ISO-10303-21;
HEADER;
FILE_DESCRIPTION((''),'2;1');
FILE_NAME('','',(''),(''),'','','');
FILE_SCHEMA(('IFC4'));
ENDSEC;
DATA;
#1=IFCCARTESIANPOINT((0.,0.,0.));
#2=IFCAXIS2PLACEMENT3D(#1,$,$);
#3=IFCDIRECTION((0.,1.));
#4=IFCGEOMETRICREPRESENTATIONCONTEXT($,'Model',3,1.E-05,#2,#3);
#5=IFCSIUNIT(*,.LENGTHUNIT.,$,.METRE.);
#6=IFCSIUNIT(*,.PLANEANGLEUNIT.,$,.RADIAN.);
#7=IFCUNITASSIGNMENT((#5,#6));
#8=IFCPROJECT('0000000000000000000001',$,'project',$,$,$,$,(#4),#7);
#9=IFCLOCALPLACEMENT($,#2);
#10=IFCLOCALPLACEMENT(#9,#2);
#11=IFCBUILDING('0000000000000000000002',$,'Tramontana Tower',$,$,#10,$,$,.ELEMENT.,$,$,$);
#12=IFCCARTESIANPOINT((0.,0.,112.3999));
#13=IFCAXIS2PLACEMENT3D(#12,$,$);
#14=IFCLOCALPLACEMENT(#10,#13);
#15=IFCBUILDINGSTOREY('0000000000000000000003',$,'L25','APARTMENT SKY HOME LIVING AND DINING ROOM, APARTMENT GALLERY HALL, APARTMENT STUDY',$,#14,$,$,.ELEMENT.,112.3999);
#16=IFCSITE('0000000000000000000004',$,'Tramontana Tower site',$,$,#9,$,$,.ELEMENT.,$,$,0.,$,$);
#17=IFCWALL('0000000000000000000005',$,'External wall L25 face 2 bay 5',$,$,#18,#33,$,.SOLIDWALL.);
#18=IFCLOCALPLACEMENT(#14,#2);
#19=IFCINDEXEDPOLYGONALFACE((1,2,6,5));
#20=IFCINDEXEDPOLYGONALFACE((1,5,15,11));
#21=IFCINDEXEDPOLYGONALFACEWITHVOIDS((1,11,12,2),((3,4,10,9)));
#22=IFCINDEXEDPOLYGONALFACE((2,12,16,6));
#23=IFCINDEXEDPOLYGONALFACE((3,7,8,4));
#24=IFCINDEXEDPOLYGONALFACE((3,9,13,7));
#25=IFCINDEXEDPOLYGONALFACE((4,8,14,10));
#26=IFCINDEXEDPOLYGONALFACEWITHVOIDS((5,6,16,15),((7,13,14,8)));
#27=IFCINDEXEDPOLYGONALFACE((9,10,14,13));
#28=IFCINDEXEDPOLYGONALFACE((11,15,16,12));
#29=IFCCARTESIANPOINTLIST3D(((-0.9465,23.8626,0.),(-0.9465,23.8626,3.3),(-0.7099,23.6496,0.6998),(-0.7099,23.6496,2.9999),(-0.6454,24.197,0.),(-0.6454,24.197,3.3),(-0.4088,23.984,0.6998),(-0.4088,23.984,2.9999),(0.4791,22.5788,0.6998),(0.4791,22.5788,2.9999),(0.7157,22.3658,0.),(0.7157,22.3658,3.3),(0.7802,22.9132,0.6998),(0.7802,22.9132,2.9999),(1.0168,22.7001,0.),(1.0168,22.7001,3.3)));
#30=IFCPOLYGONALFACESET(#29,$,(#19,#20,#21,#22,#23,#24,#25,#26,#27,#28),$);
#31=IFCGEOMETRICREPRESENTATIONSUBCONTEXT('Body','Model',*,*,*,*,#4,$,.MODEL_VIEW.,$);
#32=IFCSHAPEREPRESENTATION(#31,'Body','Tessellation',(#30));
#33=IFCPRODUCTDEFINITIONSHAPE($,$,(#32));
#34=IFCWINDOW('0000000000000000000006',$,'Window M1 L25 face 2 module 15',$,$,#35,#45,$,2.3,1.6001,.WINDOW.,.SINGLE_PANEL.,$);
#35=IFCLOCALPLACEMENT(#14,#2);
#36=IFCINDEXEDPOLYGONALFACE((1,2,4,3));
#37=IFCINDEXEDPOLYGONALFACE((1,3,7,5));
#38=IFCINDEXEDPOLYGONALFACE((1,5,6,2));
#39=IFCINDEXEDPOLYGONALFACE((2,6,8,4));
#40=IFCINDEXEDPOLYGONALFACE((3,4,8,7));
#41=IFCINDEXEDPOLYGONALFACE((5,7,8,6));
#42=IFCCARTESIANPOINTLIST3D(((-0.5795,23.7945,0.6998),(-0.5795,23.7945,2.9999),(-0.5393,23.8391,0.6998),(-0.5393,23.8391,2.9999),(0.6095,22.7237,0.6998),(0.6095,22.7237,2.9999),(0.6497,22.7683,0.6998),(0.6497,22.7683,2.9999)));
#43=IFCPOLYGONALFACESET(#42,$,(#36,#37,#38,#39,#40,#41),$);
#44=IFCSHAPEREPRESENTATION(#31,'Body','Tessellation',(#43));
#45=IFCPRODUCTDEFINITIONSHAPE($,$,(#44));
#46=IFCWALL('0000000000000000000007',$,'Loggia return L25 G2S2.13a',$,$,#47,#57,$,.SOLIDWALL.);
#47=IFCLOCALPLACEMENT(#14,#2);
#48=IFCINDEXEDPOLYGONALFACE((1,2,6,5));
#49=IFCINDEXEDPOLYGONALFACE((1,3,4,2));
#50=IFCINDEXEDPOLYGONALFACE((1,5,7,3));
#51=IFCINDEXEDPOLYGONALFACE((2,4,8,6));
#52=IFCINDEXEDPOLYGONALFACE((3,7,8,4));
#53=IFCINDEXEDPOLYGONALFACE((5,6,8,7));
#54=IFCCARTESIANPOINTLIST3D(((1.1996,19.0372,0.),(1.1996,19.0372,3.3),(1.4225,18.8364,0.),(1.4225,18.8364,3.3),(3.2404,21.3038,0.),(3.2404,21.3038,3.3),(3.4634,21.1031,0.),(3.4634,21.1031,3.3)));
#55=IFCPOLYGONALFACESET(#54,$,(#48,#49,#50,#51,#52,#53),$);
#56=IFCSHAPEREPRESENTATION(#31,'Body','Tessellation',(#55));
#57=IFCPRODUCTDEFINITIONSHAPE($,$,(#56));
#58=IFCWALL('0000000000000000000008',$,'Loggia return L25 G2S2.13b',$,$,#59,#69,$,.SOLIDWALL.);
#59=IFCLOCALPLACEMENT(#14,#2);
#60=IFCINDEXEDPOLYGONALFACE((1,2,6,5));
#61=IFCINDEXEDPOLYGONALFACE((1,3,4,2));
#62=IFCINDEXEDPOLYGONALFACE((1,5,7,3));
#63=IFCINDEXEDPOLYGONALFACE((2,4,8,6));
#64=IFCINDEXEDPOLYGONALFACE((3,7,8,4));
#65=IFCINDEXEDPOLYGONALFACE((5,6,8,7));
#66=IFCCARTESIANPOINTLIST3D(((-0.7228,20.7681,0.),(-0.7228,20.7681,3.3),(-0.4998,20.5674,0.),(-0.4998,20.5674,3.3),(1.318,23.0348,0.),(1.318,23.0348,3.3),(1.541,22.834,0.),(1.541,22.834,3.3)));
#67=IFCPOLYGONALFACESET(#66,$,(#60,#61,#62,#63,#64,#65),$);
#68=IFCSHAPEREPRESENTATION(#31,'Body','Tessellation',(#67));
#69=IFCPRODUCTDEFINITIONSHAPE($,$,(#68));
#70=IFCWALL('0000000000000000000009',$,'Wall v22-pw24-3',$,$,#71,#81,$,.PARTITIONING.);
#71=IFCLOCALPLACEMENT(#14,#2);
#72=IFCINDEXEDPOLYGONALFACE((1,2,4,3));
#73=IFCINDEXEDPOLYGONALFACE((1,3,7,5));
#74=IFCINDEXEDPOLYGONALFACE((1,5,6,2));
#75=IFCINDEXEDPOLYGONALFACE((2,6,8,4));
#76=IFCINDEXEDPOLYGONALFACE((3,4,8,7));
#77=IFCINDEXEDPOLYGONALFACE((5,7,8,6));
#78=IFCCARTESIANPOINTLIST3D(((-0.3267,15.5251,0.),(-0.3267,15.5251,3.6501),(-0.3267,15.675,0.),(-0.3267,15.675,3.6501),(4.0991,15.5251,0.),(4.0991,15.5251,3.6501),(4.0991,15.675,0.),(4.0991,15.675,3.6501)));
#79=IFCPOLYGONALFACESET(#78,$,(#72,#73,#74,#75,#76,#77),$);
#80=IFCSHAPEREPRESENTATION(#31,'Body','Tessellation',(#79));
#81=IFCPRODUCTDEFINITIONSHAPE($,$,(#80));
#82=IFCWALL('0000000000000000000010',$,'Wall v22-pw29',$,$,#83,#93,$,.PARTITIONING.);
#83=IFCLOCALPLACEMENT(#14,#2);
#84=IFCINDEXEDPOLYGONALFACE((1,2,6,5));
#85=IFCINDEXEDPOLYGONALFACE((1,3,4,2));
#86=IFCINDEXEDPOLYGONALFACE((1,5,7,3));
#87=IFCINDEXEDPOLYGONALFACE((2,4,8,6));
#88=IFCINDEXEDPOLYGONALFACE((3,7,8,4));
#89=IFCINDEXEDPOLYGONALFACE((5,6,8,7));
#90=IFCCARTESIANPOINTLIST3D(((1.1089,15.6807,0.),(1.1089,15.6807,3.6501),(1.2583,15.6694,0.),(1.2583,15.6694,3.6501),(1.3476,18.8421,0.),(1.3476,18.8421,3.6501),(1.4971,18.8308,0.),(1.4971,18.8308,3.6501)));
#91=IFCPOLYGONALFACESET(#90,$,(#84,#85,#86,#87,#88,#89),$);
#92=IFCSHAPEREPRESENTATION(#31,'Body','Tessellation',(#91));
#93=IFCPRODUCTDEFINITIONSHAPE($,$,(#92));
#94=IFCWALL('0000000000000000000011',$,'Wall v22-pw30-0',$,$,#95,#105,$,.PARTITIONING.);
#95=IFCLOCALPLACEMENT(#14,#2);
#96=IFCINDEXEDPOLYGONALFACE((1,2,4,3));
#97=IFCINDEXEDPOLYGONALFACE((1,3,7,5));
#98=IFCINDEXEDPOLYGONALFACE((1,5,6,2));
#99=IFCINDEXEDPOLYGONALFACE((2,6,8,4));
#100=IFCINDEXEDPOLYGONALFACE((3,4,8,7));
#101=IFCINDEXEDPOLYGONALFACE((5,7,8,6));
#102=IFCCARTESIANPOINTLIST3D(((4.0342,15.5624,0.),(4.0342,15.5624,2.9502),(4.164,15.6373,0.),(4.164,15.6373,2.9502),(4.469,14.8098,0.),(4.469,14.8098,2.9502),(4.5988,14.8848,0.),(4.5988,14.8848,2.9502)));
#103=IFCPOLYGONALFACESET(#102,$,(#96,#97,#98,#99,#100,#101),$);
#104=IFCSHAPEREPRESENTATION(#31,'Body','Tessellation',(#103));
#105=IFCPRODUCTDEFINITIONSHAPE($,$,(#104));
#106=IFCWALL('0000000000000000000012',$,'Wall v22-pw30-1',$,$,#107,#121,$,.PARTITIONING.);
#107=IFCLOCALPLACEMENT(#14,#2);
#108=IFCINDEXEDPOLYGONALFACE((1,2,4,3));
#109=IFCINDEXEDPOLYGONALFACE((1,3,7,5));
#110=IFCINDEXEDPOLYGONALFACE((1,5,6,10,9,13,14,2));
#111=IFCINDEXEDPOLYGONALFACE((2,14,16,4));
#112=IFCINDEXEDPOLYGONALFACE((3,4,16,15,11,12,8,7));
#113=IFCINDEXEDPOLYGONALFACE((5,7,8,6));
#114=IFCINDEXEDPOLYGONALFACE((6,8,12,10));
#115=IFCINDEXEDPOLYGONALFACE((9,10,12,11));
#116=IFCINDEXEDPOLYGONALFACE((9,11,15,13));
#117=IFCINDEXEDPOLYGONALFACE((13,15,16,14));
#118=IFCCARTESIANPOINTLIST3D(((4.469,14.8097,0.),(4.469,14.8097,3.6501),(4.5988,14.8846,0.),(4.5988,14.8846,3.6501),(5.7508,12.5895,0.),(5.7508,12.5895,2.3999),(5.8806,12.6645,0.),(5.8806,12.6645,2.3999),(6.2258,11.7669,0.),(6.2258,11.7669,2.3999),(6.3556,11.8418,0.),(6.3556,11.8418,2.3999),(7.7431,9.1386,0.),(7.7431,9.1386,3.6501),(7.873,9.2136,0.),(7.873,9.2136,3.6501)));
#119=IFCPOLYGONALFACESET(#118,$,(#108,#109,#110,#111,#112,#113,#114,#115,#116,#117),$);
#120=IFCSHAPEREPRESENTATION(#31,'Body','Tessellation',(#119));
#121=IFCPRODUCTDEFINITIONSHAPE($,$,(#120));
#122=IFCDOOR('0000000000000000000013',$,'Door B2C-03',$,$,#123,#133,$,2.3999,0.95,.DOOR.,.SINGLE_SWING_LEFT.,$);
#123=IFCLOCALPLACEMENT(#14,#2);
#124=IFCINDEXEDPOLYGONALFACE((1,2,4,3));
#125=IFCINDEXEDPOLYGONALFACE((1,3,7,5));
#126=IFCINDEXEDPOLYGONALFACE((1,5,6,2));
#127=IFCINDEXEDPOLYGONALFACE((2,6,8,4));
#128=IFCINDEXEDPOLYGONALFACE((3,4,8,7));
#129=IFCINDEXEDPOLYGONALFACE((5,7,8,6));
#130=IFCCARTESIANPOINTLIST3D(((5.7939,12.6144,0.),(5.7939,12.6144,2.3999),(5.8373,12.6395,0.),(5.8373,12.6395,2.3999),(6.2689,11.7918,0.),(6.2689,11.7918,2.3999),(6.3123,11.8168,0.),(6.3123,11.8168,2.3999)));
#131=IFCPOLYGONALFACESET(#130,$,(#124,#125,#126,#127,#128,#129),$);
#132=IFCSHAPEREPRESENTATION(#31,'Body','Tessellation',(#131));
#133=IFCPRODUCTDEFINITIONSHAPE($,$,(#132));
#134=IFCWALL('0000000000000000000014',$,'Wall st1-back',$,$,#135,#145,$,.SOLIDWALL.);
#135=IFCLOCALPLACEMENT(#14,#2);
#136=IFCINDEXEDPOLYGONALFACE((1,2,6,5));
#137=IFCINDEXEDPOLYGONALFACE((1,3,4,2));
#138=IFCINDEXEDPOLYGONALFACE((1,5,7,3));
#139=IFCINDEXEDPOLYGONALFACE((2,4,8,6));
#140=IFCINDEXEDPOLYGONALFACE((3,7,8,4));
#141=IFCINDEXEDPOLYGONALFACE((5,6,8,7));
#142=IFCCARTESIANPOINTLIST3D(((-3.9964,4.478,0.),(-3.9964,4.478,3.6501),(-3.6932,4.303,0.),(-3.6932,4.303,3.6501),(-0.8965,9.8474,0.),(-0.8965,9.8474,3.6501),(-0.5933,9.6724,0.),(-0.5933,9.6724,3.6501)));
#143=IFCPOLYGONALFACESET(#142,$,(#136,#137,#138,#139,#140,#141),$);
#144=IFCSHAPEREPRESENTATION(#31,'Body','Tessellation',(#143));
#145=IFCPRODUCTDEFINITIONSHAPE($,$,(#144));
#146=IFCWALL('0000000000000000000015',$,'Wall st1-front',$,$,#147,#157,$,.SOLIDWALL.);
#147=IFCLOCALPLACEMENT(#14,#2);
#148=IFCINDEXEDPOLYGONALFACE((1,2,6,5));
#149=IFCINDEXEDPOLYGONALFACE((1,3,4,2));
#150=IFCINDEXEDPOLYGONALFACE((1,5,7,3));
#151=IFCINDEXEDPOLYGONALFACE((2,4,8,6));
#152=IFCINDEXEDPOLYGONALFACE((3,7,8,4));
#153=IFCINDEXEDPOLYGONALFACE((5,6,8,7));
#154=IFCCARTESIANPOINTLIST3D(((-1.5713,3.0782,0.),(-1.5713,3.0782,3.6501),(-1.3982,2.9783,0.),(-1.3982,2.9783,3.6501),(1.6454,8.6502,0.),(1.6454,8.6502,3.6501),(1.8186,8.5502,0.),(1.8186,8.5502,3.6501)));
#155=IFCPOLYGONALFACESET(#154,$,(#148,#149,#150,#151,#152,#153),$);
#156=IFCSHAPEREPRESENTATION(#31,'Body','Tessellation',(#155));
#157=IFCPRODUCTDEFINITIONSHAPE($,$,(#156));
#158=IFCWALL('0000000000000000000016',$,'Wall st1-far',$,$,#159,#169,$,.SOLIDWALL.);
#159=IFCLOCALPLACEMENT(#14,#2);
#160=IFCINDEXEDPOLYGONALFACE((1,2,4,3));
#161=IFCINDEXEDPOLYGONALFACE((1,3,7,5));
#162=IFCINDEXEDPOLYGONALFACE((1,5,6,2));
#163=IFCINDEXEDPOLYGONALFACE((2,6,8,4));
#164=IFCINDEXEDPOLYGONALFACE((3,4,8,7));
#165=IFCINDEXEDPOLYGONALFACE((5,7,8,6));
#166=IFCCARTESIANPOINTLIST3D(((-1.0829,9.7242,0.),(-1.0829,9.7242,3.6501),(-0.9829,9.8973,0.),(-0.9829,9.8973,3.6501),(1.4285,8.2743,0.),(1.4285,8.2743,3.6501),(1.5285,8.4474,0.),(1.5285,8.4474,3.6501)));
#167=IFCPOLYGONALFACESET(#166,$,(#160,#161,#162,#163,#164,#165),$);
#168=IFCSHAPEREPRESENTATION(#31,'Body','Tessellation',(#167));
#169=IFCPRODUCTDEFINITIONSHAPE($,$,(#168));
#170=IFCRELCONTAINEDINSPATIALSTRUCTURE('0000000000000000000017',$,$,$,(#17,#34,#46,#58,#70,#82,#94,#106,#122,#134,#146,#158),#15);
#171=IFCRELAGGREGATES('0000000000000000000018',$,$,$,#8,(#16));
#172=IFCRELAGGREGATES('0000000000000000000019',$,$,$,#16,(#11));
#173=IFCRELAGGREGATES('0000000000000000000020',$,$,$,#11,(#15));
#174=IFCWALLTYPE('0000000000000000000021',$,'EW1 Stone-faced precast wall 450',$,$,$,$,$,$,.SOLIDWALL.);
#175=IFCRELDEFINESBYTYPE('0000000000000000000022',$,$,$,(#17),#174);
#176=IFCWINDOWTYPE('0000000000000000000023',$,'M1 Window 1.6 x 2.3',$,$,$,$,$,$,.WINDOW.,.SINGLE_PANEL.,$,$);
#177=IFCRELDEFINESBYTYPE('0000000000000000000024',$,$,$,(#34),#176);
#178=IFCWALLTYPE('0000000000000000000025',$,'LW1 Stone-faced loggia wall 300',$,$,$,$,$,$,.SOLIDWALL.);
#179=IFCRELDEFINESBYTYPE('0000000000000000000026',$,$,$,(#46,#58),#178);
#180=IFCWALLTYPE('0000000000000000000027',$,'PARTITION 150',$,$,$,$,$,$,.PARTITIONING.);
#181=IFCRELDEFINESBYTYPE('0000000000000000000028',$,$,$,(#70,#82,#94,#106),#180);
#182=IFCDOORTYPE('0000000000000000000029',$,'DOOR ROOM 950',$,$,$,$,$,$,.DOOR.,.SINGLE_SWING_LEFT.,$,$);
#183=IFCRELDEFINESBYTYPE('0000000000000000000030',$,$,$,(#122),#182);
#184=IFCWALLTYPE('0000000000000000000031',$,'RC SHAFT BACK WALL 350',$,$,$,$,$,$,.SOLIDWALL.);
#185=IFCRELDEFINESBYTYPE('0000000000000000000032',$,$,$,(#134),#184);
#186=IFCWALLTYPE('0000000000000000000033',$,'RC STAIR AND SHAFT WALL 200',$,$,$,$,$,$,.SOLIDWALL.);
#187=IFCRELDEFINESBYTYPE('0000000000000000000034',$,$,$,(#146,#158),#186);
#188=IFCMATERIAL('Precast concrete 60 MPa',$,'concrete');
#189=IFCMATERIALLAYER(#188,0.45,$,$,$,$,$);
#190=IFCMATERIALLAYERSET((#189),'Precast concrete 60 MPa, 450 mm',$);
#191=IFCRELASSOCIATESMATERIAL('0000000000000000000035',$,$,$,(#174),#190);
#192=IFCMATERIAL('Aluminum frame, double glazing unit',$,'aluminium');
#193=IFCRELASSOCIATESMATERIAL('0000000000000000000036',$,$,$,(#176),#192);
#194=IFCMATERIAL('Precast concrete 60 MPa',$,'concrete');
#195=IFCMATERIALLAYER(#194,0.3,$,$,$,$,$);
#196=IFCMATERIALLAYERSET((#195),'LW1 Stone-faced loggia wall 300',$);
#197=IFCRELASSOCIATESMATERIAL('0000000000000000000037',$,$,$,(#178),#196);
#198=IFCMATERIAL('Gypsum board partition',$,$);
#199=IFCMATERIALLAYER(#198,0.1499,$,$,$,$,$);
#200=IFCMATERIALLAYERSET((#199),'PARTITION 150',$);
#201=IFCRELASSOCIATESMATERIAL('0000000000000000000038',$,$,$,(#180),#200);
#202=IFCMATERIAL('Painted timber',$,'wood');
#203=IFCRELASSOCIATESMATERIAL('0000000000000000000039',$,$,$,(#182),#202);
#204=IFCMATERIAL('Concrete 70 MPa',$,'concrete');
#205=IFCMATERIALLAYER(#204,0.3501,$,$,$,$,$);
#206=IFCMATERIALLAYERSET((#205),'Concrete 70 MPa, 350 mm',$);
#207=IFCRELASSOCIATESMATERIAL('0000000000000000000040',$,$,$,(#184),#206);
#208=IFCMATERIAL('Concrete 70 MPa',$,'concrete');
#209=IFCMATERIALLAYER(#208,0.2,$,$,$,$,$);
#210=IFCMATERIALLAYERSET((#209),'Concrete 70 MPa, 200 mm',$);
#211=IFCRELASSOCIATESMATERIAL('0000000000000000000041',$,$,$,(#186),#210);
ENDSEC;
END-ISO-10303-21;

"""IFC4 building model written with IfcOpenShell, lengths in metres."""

from ifc_helpers import new_model, si_unit, direction, frame, frame_2d, origin, place, context, subcontext, project, spatial, rectangle, extrude, material, layer, layer_set, type_object, element, fill, save


model = new_model("IFC4")

# Units and contexts
model_context = context("Model", 3, precision=1e-05, world=origin(), true_north=direction((0.0, 1.0)))
body_context = subcontext(model_context, "Body", "Model", "MODEL_VIEW")
ifc_project = project(units=[si_unit("LENGTHUNIT", "METRE"), si_unit("PLANEANGLEUNIT", "RADIAN")], contexts=[model_context])

# Site, building, storey
site_placement = place(None, origin())
site = spatial("IfcSite", under=ifc_project, at=site_placement, Name="Tramontana Tower site", CompositionType="ELEMENT", RefElevation=0.0)
building_placement = place(site_placement, origin())
building = spatial("IfcBuilding", under=site, at=building_placement, Name="Tramontana Tower", CompositionType="ELEMENT")
storey_placement = place(building_placement, frame((0.0, 0.0, 112.3999)))
storey = spatial("IfcBuildingStorey", under=building, at=storey_placement, Name="L25", Description="APARTMENT SKY HOME LIVING AND DINING ROOM, APARTMENT GALLERY HALL, APARTMENT STUDY", CompositionType="ELEMENT", Elevation=112.3999)

# Wall, opening, window
ifc_material_1 = material(Name="Precast concrete 60 MPa", Category="concrete")
ifc_layer_1 = layer(ifc_material_1, 0.45)
ifc_layer_set_1 = layer_set([ifc_layer_1], Name="Precast concrete 60 MPa, 450 mm")
wall_type_1 = type_object("IfcWallType", Name="EW1 Stone-faced precast wall 450", PredefinedType="SOLIDWALL", material=ifc_layer_set_1)
ifc_material_2 = material(Name="Aluminum frame, double glazing unit", Category="aluminium")
window_type = type_object("IfcWindowType", Name="M1 Window 1.6 x 2.3", PartitioningType="SINGLE_PANEL", PredefinedType="WINDOW", material=ifc_material_2)
wall_1_placement = place(storey_placement, frame((0.8662, 22.533, 0.0), z_axis=(0.0, 0.0, 1.0), x_axis=(-0.743088, 0.669194, 0.0)))
wall_1 = element("IfcWall", 1, at=wall_1_placement, inside=storey, type_object=wall_type_1, Name="External wall L25 face 2 bay 5", PredefinedType="SOLIDWALL", context=body_context, shape_type="SweptSolid", body=[
    extrude(rectangle(XDim=2.2368, YDim=0.45, at=frame_2d((1.1184, 0.0))), origin(), (0.0, 0.0, 1.0), 3.3),
])
opening_1_placement = place(wall_1_placement, frame((0.3184, 0.0, 0.7)))
opening_1 = element("IfcOpeningElement", 2, at=opening_1_placement, cuts=wall_1, PredefinedType="OPENING", context=body_context, shape_type="SweptSolid", body=[
    extrude(rectangle(XDim=1.6001, YDim=2.3, at=frame_2d((0.8, 1.1499))), frame((0.0, 0.2349, 0.0), z_axis=(0.0, -1.0, 0.0), x_axis=(1.0, 0.0, 0.0)), (0.0, 0.0, 1.0), 0.47),
])
window_1_placement = place(opening_1_placement, origin())
window_1 = element("IfcWindow", 3, at=window_1_placement, inside=storey, type_object=window_type, Name="Window M1 L25 face 2 module 15", OverallHeight=2.3, OverallWidth=1.6001, PartitioningType="SINGLE_PANEL", PredefinedType="WINDOW", context=body_context, shape_type="SweptSolid", body=[
    extrude(rectangle(XDim=1.6001, YDim=2.3, at=frame_2d((0.8, 1.1499))), frame((0.0, 0.03, 0.0), z_axis=(0.0, -1.0, 0.0), x_axis=(1.0, 0.0, 0.0)), (0.0, 0.0, 1.0), 0.0601),
])
fill(opening_1, window_1)

# Shared definitions
ifc_material_3 = material(Name="Precast concrete 60 MPa", Category="concrete")
ifc_layer_2 = layer(ifc_material_3, 0.3)
ifc_layer_set_2 = layer_set([ifc_layer_2], Name="LW1 Stone-faced loggia wall 300")
wall_type_2 = type_object("IfcWallType", Name="LW1 Stone-faced loggia wall 300", PredefinedType="SOLIDWALL", material=ifc_layer_set_2)

# Walls
for number, where, z_axis, x_axis, name in (
    (4, (3.3518, 21.2034, 0.0), (0.0, 0.0, 1.0), (-0.669115, -0.743159, 0.0), "Loggia return L25 G2S2.13a"),
    (5, (1.4294, 22.9343, 0.0), (0.0, 0.0, 1.0), (-0.669115, -0.743159, 0.0), "Loggia return L25 G2S2.13b"),
):
    element("IfcWall", number, at=place(storey_placement, frame(where, z_axis=z_axis, x_axis=x_axis)), inside=storey, type_object=wall_type_2, Name=name, PredefinedType="SOLIDWALL", context=body_context, shape_type="SweptSolid", body=[
        extrude(rectangle(XDim=3.05, YDim=0.3, at=frame_2d((1.5249, 0.0))), origin(), (0.0, 0.0, 1.0), 3.3),
    ])
ifc_material_4 = material(Name="Gypsum board partition")
ifc_layer_3 = layer(ifc_material_4, 0.1499)
ifc_layer_set_3 = layer_set([ifc_layer_3], Name="PARTITION 150")
wall_type_3 = type_object("IfcWallType", Name="PARTITION 150", PredefinedType="PARTITIONING", material=ifc_layer_set_3)
wall_2_placement = place(storey_placement, frame((-0.3267, 15.6001, 0.0), z_axis=(0.0, 0.0, 1.0), x_axis=(1.0, 0.0, 0.0)))
element("IfcWall", 6, at=wall_2_placement, inside=storey, type_object=wall_type_3, Name="Wall v22-pw24-3", PredefinedType="PARTITIONING", context=body_context, shape_type="SweptSolid", body=[
    extrude(rectangle(XDim=4.4258, YDim=0.1499, at=frame_2d((2.2129, 0.0))), origin(), (0.0, 0.0, 1.0), 3.6501),
])
wall_3_placement = place(storey_placement, frame((1.4224, 18.8364, 0.0), z_axis=(0.0, 0.0, 1.0), x_axis=(-0.075313, -0.99716, 0.0)))
element("IfcWall", 7, at=wall_3_placement, inside=storey, type_object=wall_type_3, Name="Wall v22-pw29", PredefinedType="PARTITIONING", context=body_context, shape_type="SweptSolid", body=[
    extrude(rectangle(XDim=3.1704, YDim=0.1499, at=frame_2d((1.5852, 0.0))), origin(), (0.0, 0.0, 1.0), 3.6501),
])
wall_4_placement = place(storey_placement, frame((4.0991, 15.5999, 0.0), z_axis=(0.0, 0.0, 1.0), x_axis=(0.500217, -0.8659, 0.0)))
element("IfcWall", 8, at=wall_4_placement, inside=storey, type_object=wall_type_3, Name="Wall v22-pw30-0", PredefinedType="PARTITIONING", context=body_context, shape_type="SweptSolid", body=[
    extrude(rectangle(XDim=0.8691, YDim=0.1499, at=frame_2d((0.4346, 0.0))), origin(), (0.0, 0.0, 1.0), 2.9502),
])

# Wall, opening, door
wall_5_placement = place(storey_placement, frame((4.5339, 14.8472, 0.0), z_axis=(0.0, 0.0, 1.0), x_axis=(0.499992, -0.86603, 0.0)))
wall_5 = element("IfcWall", 9, at=wall_5_placement, inside=storey, type_object=wall_type_3, Name="Wall v22-pw30-1", PredefinedType="PARTITIONING", context=body_context, shape_type="SweptSolid", body=[
    extrude(rectangle(XDim=6.5483, YDim=0.1499, at=frame_2d((3.2742, 0.0))), origin(), (0.0, 0.0, 1.0), 3.6501),
])
opening_2_placement = place(wall_5_placement, frame((2.5635, 0.0, 0.0)))
opening_2 = element("IfcOpeningElement", 10, at=opening_2_placement, cuts=wall_5, PredefinedType="OPENING", context=body_context, shape_type="SweptSolid", body=[
    extrude(rectangle(XDim=0.95, YDim=2.3999, at=frame_2d((0.4751, 1.2))), frame((0.0, 0.085, 0.0), z_axis=(0.0, -1.0, 0.0), x_axis=(1.0, 0.0, 0.0)), (0.0, 0.0, 1.0), 0.1699),
])
ifc_material_5 = material(Name="Painted timber", Category="wood")
door_type_1 = type_object("IfcDoorType", Name="DOOR ROOM 950", OperationType="SINGLE_SWING_LEFT", PredefinedType="DOOR", material=ifc_material_5)
door_1_placement = place(opening_2_placement, origin())
door_1 = element("IfcDoor", 11, at=door_1_placement, inside=storey, type_object=door_type_1, Name="Door B2C-03", OperationType="SINGLE_SWING_LEFT", OverallHeight=2.3999, OverallWidth=0.95, PredefinedType="DOOR", context=body_context, shape_type="SweptSolid", body=[
    extrude(rectangle(XDim=0.95, YDim=2.3999, at=frame_2d((0.4751, 1.2))), frame((0.0, 0.0249, 0.0), z_axis=(0.0, -1.0, 0.0), x_axis=(1.0, 0.0, 0.0)), (0.0, 0.0, 1.0), 0.05),
])
fill(opening_2, door_1)

# Walls
ifc_material_6 = material(Name="Concrete 70 MPa", Category="concrete")
ifc_layer_4 = layer(ifc_material_6, 0.3501)
ifc_layer_set_4 = layer_set([ifc_layer_4], Name="Concrete 70 MPa, 350 mm")
wall_type_4 = type_object("IfcWallType", Name="RC SHAFT BACK WALL 350", PredefinedType="SOLIDWALL", material=ifc_layer_set_4)
wall_6_placement = place(storey_placement, frame((-0.7449, 9.76, 0.0), z_axis=(0.0, 0.0, 1.0), x_axis=(-0.49998, -0.866037, 0.0)))
element("IfcWall", 12, at=wall_6_placement, inside=storey, type_object=wall_type_4, Name="Wall st1-back", PredefinedType="SOLIDWALL", context=body_context, shape_type="SweptSolid", body=[
    extrude(rectangle(XDim=6.2, YDim=0.3501, at=frame_2d((3.1001, 0.0))), origin(), (0.0, 0.0, 1.0), 3.6501),
])
ifc_material_7 = material(Name="Concrete 70 MPa", Category="concrete")
ifc_layer_5 = layer(ifc_material_7, 0.2)
ifc_layer_set_5 = layer_set([ifc_layer_5], Name="Concrete 70 MPa, 200 mm")
wall_type_5 = type_object("IfcWallType", Name="RC STAIR AND SHAFT WALL 200", PredefinedType="SOLIDWALL", material=ifc_layer_set_5)
wall_7_placement = place(storey_placement, frame((1.7319, 8.6001, 0.0), z_axis=(0.0, 0.0, 1.0), x_axis=(-0.499975, -0.86604, 0.0)))
element("IfcWall", 13, at=wall_7_placement, inside=storey, type_object=wall_type_5, Name="Wall st1-front", PredefinedType="SOLIDWALL", context=body_context, shape_type="SweptSolid", body=[
    extrude(rectangle(XDim=6.4338, YDim=0.2, at=frame_2d((3.2168, 0.0))), origin(), (0.0, 0.0, 1.0), 3.6501),
])
wall_8_placement = place(storey_placement, frame((1.4785, 8.3608, 0.0), z_axis=(0.0, 0.0, 1.0), x_axis=(-0.866033, 0.499987, 0.0)))
element("IfcWall", 14, at=wall_8_placement, inside=storey, type_object=wall_type_5, Name="Wall st1-far", PredefinedType="SOLIDWALL", context=body_context, shape_type="SweptSolid", body=[
    extrude(rectangle(XDim=2.8999, YDim=0.2, at=frame_2d((1.45, 0.0))), origin(), (0.0, 0.0, 1.0), 3.6501),
])

save(model, "model.ifc")
